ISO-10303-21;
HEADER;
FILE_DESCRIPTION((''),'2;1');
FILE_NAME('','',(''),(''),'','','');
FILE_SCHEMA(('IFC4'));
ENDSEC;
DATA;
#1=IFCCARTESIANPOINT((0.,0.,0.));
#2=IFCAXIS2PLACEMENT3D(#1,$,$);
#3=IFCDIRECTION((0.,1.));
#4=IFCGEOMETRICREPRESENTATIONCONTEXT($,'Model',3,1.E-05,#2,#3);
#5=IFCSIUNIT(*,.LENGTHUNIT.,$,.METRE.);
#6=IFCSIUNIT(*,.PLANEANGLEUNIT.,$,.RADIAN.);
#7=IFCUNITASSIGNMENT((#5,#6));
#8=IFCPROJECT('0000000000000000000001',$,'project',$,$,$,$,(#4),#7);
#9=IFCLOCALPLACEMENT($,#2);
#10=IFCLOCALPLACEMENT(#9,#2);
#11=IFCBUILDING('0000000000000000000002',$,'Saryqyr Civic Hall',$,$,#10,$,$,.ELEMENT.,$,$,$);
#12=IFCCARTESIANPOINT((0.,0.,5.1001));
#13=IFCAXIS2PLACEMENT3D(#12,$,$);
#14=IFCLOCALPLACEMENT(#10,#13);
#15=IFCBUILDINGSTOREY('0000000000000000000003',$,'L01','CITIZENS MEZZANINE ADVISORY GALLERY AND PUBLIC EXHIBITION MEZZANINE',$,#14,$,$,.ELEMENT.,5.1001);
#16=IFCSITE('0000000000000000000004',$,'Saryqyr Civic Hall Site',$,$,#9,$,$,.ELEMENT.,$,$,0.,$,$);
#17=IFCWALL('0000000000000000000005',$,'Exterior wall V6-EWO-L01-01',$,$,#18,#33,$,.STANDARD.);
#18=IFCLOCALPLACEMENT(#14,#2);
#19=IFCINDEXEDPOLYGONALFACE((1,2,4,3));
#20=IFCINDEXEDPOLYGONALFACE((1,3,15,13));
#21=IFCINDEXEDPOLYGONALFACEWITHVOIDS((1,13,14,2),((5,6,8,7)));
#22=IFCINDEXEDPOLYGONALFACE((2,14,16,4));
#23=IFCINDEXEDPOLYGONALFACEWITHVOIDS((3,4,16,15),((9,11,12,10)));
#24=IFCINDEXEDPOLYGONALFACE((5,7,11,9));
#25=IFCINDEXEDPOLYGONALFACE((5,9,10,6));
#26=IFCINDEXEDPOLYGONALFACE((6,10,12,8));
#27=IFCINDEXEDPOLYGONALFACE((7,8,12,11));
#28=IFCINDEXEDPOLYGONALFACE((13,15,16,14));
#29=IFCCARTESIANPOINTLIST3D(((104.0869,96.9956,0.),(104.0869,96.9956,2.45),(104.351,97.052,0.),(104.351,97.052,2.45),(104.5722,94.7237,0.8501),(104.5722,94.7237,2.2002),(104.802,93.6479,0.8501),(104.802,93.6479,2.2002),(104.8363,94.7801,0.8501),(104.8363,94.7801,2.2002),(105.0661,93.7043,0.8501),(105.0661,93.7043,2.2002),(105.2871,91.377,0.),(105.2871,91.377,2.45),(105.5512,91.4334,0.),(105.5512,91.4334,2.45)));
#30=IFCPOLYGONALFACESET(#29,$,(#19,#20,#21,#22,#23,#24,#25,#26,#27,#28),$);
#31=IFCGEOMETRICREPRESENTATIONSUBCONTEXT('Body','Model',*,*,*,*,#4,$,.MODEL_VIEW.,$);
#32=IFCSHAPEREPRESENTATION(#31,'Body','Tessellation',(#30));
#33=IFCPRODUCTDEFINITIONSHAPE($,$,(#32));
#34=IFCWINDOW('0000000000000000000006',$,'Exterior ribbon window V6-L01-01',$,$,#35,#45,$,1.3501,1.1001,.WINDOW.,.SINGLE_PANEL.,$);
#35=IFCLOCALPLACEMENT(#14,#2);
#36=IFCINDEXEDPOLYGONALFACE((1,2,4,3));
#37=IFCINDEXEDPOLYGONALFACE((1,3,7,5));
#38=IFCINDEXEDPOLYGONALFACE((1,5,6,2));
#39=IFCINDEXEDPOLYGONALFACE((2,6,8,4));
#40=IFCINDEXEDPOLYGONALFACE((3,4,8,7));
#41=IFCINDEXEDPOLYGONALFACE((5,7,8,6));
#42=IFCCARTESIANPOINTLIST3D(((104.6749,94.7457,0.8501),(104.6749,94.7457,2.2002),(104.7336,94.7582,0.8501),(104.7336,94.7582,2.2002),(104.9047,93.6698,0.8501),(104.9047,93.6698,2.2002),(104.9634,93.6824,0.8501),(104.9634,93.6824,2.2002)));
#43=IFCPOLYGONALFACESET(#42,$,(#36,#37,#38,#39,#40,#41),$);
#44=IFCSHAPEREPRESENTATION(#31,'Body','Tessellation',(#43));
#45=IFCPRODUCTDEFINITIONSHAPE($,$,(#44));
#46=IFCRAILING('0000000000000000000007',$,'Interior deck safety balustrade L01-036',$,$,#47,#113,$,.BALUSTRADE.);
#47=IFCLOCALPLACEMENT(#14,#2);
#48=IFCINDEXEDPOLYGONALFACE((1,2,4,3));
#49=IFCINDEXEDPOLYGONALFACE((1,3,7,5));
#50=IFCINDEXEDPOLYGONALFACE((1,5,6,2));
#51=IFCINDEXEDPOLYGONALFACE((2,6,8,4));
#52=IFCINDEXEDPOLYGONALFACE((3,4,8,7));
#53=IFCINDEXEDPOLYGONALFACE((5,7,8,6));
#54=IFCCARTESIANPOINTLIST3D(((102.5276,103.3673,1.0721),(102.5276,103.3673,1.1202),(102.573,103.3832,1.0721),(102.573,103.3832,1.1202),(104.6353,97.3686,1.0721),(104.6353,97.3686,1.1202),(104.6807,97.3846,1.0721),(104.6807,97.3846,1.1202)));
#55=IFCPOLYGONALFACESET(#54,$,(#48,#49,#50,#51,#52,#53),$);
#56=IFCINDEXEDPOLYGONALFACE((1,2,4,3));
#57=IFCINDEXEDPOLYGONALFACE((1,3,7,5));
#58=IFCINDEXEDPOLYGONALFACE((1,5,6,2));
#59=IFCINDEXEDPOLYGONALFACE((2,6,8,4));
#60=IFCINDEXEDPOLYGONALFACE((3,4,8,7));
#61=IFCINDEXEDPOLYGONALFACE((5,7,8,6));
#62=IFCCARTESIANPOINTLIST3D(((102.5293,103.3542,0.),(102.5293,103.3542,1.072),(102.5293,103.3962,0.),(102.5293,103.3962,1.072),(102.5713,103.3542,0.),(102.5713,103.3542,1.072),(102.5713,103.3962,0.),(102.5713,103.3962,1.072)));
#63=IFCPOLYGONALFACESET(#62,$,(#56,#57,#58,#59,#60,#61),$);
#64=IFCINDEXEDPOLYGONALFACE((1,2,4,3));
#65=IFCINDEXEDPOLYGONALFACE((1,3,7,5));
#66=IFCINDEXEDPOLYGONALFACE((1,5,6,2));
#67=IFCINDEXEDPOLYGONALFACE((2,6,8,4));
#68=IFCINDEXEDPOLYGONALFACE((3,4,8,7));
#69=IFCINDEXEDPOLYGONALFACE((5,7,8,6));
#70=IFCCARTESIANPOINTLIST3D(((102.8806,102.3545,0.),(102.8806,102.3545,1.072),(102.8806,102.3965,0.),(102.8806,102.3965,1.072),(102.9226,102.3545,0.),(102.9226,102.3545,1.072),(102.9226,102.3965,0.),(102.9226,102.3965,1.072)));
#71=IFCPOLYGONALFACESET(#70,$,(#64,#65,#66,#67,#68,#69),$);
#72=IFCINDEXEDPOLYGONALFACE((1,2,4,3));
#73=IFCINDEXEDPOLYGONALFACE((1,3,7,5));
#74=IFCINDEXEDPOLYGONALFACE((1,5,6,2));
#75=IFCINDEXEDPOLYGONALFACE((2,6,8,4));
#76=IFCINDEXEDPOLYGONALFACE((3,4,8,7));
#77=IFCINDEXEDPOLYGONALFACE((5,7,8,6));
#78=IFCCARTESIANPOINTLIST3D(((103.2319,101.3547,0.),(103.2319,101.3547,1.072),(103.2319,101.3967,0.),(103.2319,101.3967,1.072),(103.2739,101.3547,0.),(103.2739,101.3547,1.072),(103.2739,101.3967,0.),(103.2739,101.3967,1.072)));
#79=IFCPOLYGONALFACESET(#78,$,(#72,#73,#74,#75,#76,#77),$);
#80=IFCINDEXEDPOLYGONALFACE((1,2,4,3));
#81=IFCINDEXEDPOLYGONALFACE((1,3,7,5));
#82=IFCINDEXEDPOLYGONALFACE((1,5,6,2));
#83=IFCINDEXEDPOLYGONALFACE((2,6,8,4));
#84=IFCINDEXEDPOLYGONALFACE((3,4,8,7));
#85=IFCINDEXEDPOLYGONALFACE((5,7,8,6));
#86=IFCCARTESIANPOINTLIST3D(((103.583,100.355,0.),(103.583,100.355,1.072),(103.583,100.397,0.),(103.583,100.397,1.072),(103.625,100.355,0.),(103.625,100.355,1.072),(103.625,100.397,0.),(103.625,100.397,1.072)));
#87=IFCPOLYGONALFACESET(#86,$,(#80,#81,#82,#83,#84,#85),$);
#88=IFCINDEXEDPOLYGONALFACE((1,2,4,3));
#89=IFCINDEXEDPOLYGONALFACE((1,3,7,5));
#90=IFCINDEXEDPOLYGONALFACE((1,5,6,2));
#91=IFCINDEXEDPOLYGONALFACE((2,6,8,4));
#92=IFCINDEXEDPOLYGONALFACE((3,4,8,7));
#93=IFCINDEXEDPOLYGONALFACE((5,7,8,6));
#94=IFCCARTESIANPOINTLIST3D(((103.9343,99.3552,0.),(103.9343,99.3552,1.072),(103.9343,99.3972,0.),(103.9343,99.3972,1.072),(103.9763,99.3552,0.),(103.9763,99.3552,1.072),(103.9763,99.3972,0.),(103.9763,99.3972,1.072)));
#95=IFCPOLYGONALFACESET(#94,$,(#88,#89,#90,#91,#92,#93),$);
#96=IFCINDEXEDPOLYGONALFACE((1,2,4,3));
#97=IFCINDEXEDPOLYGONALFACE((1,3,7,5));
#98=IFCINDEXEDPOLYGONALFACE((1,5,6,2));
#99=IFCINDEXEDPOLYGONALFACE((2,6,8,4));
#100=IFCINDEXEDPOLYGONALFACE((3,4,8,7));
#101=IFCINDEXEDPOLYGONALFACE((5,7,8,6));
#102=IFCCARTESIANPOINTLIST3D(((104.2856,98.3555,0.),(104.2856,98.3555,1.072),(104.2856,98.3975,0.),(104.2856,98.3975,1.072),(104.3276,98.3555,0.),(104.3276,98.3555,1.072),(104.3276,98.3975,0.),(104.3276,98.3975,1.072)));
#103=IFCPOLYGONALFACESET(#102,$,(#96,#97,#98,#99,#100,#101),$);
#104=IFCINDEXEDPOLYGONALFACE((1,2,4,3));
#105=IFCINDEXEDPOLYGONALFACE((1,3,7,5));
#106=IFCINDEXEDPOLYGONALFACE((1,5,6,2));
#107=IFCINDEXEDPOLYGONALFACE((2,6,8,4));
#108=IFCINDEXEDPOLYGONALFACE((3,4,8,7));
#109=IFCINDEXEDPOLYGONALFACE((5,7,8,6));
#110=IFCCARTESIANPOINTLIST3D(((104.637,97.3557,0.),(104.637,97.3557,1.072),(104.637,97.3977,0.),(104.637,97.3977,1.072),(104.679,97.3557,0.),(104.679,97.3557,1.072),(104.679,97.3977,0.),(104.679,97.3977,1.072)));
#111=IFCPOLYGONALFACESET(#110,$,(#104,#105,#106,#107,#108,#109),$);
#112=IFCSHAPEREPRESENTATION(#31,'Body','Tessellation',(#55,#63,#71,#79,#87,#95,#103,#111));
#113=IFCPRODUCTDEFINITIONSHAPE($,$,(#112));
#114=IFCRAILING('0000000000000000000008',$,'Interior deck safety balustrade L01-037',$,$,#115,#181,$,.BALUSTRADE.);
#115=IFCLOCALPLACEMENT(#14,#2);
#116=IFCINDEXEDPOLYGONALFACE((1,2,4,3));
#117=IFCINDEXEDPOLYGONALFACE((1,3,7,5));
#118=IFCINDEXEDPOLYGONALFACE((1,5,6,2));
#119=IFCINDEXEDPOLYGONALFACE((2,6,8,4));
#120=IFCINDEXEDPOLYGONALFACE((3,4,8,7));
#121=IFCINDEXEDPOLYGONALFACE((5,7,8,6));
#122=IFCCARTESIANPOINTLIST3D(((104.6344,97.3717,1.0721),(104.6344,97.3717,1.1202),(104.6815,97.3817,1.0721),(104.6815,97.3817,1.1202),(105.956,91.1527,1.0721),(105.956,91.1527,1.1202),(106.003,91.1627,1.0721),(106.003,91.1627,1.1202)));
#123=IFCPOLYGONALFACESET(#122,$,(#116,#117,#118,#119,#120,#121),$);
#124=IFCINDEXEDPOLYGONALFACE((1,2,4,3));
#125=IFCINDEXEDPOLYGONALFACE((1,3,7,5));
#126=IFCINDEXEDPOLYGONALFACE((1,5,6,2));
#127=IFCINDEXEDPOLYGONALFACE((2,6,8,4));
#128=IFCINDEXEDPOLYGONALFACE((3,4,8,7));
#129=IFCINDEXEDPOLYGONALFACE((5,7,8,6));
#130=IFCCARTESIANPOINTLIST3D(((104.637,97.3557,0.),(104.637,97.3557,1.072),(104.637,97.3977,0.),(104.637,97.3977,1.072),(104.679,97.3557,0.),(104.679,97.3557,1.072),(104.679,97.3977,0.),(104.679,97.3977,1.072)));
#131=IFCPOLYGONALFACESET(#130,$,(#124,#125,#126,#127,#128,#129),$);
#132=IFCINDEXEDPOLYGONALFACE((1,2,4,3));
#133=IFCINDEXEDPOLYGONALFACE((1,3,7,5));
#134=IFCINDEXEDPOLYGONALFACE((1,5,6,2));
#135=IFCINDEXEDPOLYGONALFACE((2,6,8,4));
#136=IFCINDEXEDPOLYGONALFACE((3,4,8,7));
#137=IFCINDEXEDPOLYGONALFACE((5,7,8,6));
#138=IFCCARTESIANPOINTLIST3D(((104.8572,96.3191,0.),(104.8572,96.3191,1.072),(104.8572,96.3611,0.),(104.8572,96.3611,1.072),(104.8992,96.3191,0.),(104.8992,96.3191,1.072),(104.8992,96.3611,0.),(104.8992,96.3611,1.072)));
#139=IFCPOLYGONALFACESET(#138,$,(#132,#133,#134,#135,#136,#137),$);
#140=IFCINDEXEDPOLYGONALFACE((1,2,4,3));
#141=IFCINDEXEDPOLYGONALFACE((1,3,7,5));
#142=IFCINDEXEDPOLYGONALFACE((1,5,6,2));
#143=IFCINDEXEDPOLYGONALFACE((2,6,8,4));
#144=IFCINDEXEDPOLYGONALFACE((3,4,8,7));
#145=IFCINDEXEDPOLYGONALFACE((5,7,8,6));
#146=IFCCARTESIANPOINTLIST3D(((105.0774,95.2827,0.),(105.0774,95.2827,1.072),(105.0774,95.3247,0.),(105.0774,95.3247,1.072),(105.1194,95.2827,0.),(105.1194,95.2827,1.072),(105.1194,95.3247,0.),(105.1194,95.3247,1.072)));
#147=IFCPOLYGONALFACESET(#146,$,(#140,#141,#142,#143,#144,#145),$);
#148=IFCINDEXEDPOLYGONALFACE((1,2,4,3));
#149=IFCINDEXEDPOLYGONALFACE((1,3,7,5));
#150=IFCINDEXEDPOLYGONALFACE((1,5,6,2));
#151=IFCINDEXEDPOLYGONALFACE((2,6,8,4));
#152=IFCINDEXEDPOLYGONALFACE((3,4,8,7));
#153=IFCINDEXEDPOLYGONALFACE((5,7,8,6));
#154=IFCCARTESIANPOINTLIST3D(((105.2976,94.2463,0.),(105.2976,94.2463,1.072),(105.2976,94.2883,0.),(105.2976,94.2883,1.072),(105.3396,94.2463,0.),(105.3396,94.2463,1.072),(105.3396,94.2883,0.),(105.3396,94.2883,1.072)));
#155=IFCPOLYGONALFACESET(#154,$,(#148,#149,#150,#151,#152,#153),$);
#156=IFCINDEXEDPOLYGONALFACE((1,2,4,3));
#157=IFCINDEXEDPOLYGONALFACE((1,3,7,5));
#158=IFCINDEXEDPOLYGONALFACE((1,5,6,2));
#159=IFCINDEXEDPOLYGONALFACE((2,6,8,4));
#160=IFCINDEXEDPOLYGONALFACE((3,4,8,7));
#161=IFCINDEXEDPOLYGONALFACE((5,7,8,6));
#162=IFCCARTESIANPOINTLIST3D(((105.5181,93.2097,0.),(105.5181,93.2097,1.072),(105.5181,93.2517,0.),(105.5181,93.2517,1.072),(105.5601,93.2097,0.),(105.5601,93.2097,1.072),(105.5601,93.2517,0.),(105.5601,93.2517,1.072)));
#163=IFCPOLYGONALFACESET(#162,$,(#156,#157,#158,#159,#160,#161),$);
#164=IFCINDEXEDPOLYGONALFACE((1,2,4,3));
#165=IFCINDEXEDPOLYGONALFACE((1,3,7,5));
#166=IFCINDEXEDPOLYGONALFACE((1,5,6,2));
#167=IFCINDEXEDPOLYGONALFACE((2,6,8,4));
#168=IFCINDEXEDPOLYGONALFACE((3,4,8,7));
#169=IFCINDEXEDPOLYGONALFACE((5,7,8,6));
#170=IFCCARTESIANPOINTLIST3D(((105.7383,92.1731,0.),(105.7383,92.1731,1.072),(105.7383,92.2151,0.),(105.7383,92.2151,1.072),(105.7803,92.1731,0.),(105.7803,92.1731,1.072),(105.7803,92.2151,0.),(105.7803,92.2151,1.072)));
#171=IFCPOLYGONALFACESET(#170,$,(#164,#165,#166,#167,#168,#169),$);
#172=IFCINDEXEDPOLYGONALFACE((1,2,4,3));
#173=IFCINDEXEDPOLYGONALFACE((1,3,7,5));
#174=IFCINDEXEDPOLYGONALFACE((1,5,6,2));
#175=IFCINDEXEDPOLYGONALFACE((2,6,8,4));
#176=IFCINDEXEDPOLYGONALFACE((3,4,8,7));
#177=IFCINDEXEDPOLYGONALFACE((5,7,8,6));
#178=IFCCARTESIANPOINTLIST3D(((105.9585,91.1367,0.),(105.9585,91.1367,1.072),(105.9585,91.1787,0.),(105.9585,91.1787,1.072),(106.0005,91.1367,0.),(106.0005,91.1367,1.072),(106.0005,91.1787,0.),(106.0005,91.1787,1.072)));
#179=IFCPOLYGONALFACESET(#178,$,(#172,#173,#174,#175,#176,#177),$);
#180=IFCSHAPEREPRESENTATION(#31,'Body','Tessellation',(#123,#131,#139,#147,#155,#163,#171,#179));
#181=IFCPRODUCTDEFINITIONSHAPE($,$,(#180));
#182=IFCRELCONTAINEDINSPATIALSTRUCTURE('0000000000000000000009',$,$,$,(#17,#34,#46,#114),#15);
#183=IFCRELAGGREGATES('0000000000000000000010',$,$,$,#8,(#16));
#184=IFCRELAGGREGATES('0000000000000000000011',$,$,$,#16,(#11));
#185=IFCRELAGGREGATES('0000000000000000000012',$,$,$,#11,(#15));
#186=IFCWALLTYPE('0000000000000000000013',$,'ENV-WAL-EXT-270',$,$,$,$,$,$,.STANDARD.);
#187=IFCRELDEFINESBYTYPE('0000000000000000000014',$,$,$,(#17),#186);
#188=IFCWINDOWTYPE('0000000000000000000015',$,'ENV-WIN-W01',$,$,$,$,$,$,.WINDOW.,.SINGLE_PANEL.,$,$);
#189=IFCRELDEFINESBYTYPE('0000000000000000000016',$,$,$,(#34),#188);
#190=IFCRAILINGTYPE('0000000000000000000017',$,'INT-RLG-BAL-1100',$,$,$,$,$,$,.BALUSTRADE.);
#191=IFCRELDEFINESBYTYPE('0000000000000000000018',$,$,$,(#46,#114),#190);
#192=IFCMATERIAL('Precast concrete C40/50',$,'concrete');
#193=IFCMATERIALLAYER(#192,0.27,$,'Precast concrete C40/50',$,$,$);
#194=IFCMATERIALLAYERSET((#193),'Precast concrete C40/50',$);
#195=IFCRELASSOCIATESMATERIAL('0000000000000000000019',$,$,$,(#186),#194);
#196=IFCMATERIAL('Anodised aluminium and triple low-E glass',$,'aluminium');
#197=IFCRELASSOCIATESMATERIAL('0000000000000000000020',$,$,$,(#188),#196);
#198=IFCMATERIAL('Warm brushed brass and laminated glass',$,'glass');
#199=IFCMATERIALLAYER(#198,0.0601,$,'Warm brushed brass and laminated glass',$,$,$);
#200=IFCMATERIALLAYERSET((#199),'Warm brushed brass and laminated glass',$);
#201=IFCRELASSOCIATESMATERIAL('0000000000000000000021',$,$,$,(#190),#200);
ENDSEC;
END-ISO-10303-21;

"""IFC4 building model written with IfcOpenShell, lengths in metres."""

from ifc_helpers import new_model, si_unit, direction, frame, frame_2d, origin, origin_2d, place, context, subcontext, project, spatial, rectangle, extrude, material, layer, layer_set, type_object, element, fill, save


model = new_model("IFC4")

# Units and contexts
model_context = context("Model", 3, precision=1e-05, world=origin(), true_north=direction((0.0, 1.0)))
body_context = subcontext(model_context, "Body", "Model", "MODEL_VIEW")
ifc_project = project(units=[si_unit("LENGTHUNIT", "METRE"), si_unit("PLANEANGLEUNIT", "RADIAN")], contexts=[model_context])

# Site, building, storey
site_placement = place(None, origin())
site = spatial("IfcSite", under=ifc_project, at=site_placement, Name="Saryqyr Civic Hall Site", CompositionType="ELEMENT", RefElevation=0.0)
building_placement = place(site_placement, origin())
building = spatial("IfcBuilding", under=site, at=building_placement, Name="Saryqyr Civic Hall", CompositionType="ELEMENT")
storey_placement = place(building_placement, frame((0.0, 0.0, 5.1001)))
storey = spatial("IfcBuildingStorey", under=building, at=storey_placement, Name="L01", Description="CITIZENS MEZZANINE ADVISORY GALLERY AND PUBLIC EXHIBITION MEZZANINE", CompositionType="ELEMENT", Elevation=5.1001)

# Shared definitions
ifc_material_1 = material(Name="Anodised aluminium and triple low-E glass", Category="aluminium")

# Wall, opening, window
ifc_material_2 = material(Name="Precast concrete C40/50", Category="concrete")
ifc_layer_1 = layer(ifc_material_2, 0.27, Name="Precast concrete C40/50")
ifc_layer_set_1 = layer_set([ifc_layer_1], Name="Precast concrete C40/50")
wall_type = type_object("IfcWallType", Name="ENV-WAL-EXT-270", PredefinedType="STANDARD", material=ifc_layer_set_1)
wall_placement = place(storey_placement, frame((104.219, 97.0237, 0.0), z_axis=(0.0, 0.0, 1.0), x_axis=(0.208896, -0.977938, 0.0)))
wall = element("IfcWall", 1, at=wall_placement, inside=storey, type_object=wall_type, Name="Exterior wall V6-EWO-L01-01", PredefinedType="STANDARD", context=body_context, shape_type="SweptSolid", body=[
    extrude(rectangle(XDim=5.7454, YDim=0.27, at=frame_2d((2.8726, 0.0))), origin(), (0.0, 0.0, 1.0), 2.45),
])
opening_placement = place(wall_placement, frame((2.323, 0.0, 0.8501)))
opening = element("IfcOpeningElement", 2, at=opening_placement, cuts=wall, PredefinedType="OPENING", context=body_context, shape_type="SweptSolid", body=[
    extrude(rectangle(XDim=1.1001, YDim=1.3501, at=frame_2d((0.55, 0.675))), frame((0.0, 0.145, 0.0), z_axis=(0.0, -1.0, 0.0), x_axis=(1.0, 0.0, 0.0)), (0.0, 0.0, 1.0), 0.29),
])
window_type = type_object("IfcWindowType", Name="ENV-WIN-W01", PartitioningType="SINGLE_PANEL", PredefinedType="WINDOW", material=ifc_material_1)
window_placement = place(opening_placement, origin())
window = element("IfcWindow", 3, at=window_placement, inside=storey, type_object=window_type, Name="Exterior ribbon window V6-L01-01", OverallHeight=1.3501, OverallWidth=1.1001, PartitioningType="SINGLE_PANEL", PredefinedType="WINDOW", context=body_context, shape_type="SweptSolid", body=[
    extrude(rectangle(XDim=1.1001, YDim=1.3501, at=frame_2d((0.55, 0.675))), frame((0.0, 0.03, 0.0), z_axis=(0.0, -1.0, 0.0), x_axis=(1.0, 0.0, 0.0)), (0.0, 0.0, 1.0), 0.0601),
])
fill(opening, window)

# Railings
ifc_material_3 = material(Name="Warm brushed brass and laminated glass", Category="glass")
ifc_layer_2 = layer(ifc_material_3, 0.0601, Name="Warm brushed brass and laminated glass")
ifc_layer_set_2 = layer_set([ifc_layer_2], Name="Warm brushed brass and laminated glass")
railing_type = type_object("IfcRailingType", Name="INT-RLG-BAL-1100", PredefinedType="BALUSTRADE", material=ifc_layer_set_2)
railing_1_placement = place(storey_placement, frame((102.5503, 103.3752, 0.0)))
element("IfcRailing", 4, at=railing_1_placement, inside=storey, type_object=railing_type, Name="Interior deck safety balustrade L01-036", PredefinedType="BALUSTRADE", context=body_context, shape_type="SweptSolid", body=[
    extrude(rectangle(XDim=0.0481, YDim=0.0481, at=origin_2d()), frame((0.0, 0.0, 1.0962), z_axis=(0.331496, -0.943457, 0.0), x_axis=(0.943457, 0.331496, 0.0)), (0.0, 0.0, 1.0), 6.3582),
    extrude(rectangle(XDim=0.042, YDim=0.042, at=origin_2d()), origin(), (0.0, 0.0, 1.0), 1.072),
    extrude(rectangle(XDim=0.042, YDim=0.042, at=origin_2d()), frame((0.3513, -0.9998, 0.0)), (0.0, 0.0, 1.0), 1.072),
    extrude(rectangle(XDim=0.042, YDim=0.042, at=origin_2d()), frame((0.7026, -1.9995, 0.0)), (0.0, 0.0, 1.0), 1.072),
    extrude(rectangle(XDim=0.042, YDim=0.042, at=origin_2d()), frame((1.0537, -2.9993, 0.0)), (0.0, 0.0, 1.0), 1.072),
    extrude(rectangle(XDim=0.042, YDim=0.042, at=origin_2d()), frame((1.405, -3.999, 0.0)), (0.0, 0.0, 1.0), 1.072),
    extrude(rectangle(XDim=0.042, YDim=0.042, at=origin_2d()), frame((1.7563, -4.9988, 0.0)), (0.0, 0.0, 1.0), 1.072),
    extrude(rectangle(XDim=0.042, YDim=0.042, at=origin_2d()), frame((2.1077, -5.9985, 0.0)), (0.0, 0.0, 1.0), 1.072),
])
railing_2_placement = place(storey_placement, frame((104.658, 97.3767, 0.0)))
element("IfcRailing", 5, at=railing_2_placement, inside=storey, type_object=railing_type, Name="Interior deck safety balustrade L01-037", PredefinedType="BALUSTRADE", context=body_context, shape_type="SweptSolid", body=[
    extrude(rectangle(XDim=0.0481, YDim=0.0481, at=origin_2d()), frame((0.0, 0.0, 1.0962), z_axis=(0.207858, -0.978159, 0.0), x_axis=(0.978159, 0.207858, 0.0)), (0.0, 0.0, 1.0), 6.3579),
    extrude(rectangle(XDim=0.042, YDim=0.042, at=origin_2d()), origin(), (0.0, 0.0, 1.0), 1.072),
    extrude(rectangle(XDim=0.042, YDim=0.042, at=origin_2d()), frame((0.2202, -1.0366, 0.0)), (0.0, 0.0, 1.0), 1.072),
    extrude(rectangle(XDim=0.042, YDim=0.042, at=origin_2d()), frame((0.4404, -2.073, 0.0)), (0.0, 0.0, 1.0), 1.072),
    extrude(rectangle(XDim=0.042, YDim=0.042, at=origin_2d()), frame((0.6606, -3.1094, 0.0)), (0.0, 0.0, 1.0), 1.072),
    extrude(rectangle(XDim=0.042, YDim=0.042, at=origin_2d()), frame((0.8811, -4.146, 0.0)), (0.0, 0.0, 1.0), 1.072),
    extrude(rectangle(XDim=0.042, YDim=0.042, at=origin_2d()), frame((1.1013, -5.1826, 0.0)), (0.0, 0.0, 1.0), 1.072),
    extrude(rectangle(XDim=0.042, YDim=0.042, at=origin_2d()), frame((1.3215, -6.219, 0.0)), (0.0, 0.0, 1.0), 1.072),
])

save(model, "model.ifc")
